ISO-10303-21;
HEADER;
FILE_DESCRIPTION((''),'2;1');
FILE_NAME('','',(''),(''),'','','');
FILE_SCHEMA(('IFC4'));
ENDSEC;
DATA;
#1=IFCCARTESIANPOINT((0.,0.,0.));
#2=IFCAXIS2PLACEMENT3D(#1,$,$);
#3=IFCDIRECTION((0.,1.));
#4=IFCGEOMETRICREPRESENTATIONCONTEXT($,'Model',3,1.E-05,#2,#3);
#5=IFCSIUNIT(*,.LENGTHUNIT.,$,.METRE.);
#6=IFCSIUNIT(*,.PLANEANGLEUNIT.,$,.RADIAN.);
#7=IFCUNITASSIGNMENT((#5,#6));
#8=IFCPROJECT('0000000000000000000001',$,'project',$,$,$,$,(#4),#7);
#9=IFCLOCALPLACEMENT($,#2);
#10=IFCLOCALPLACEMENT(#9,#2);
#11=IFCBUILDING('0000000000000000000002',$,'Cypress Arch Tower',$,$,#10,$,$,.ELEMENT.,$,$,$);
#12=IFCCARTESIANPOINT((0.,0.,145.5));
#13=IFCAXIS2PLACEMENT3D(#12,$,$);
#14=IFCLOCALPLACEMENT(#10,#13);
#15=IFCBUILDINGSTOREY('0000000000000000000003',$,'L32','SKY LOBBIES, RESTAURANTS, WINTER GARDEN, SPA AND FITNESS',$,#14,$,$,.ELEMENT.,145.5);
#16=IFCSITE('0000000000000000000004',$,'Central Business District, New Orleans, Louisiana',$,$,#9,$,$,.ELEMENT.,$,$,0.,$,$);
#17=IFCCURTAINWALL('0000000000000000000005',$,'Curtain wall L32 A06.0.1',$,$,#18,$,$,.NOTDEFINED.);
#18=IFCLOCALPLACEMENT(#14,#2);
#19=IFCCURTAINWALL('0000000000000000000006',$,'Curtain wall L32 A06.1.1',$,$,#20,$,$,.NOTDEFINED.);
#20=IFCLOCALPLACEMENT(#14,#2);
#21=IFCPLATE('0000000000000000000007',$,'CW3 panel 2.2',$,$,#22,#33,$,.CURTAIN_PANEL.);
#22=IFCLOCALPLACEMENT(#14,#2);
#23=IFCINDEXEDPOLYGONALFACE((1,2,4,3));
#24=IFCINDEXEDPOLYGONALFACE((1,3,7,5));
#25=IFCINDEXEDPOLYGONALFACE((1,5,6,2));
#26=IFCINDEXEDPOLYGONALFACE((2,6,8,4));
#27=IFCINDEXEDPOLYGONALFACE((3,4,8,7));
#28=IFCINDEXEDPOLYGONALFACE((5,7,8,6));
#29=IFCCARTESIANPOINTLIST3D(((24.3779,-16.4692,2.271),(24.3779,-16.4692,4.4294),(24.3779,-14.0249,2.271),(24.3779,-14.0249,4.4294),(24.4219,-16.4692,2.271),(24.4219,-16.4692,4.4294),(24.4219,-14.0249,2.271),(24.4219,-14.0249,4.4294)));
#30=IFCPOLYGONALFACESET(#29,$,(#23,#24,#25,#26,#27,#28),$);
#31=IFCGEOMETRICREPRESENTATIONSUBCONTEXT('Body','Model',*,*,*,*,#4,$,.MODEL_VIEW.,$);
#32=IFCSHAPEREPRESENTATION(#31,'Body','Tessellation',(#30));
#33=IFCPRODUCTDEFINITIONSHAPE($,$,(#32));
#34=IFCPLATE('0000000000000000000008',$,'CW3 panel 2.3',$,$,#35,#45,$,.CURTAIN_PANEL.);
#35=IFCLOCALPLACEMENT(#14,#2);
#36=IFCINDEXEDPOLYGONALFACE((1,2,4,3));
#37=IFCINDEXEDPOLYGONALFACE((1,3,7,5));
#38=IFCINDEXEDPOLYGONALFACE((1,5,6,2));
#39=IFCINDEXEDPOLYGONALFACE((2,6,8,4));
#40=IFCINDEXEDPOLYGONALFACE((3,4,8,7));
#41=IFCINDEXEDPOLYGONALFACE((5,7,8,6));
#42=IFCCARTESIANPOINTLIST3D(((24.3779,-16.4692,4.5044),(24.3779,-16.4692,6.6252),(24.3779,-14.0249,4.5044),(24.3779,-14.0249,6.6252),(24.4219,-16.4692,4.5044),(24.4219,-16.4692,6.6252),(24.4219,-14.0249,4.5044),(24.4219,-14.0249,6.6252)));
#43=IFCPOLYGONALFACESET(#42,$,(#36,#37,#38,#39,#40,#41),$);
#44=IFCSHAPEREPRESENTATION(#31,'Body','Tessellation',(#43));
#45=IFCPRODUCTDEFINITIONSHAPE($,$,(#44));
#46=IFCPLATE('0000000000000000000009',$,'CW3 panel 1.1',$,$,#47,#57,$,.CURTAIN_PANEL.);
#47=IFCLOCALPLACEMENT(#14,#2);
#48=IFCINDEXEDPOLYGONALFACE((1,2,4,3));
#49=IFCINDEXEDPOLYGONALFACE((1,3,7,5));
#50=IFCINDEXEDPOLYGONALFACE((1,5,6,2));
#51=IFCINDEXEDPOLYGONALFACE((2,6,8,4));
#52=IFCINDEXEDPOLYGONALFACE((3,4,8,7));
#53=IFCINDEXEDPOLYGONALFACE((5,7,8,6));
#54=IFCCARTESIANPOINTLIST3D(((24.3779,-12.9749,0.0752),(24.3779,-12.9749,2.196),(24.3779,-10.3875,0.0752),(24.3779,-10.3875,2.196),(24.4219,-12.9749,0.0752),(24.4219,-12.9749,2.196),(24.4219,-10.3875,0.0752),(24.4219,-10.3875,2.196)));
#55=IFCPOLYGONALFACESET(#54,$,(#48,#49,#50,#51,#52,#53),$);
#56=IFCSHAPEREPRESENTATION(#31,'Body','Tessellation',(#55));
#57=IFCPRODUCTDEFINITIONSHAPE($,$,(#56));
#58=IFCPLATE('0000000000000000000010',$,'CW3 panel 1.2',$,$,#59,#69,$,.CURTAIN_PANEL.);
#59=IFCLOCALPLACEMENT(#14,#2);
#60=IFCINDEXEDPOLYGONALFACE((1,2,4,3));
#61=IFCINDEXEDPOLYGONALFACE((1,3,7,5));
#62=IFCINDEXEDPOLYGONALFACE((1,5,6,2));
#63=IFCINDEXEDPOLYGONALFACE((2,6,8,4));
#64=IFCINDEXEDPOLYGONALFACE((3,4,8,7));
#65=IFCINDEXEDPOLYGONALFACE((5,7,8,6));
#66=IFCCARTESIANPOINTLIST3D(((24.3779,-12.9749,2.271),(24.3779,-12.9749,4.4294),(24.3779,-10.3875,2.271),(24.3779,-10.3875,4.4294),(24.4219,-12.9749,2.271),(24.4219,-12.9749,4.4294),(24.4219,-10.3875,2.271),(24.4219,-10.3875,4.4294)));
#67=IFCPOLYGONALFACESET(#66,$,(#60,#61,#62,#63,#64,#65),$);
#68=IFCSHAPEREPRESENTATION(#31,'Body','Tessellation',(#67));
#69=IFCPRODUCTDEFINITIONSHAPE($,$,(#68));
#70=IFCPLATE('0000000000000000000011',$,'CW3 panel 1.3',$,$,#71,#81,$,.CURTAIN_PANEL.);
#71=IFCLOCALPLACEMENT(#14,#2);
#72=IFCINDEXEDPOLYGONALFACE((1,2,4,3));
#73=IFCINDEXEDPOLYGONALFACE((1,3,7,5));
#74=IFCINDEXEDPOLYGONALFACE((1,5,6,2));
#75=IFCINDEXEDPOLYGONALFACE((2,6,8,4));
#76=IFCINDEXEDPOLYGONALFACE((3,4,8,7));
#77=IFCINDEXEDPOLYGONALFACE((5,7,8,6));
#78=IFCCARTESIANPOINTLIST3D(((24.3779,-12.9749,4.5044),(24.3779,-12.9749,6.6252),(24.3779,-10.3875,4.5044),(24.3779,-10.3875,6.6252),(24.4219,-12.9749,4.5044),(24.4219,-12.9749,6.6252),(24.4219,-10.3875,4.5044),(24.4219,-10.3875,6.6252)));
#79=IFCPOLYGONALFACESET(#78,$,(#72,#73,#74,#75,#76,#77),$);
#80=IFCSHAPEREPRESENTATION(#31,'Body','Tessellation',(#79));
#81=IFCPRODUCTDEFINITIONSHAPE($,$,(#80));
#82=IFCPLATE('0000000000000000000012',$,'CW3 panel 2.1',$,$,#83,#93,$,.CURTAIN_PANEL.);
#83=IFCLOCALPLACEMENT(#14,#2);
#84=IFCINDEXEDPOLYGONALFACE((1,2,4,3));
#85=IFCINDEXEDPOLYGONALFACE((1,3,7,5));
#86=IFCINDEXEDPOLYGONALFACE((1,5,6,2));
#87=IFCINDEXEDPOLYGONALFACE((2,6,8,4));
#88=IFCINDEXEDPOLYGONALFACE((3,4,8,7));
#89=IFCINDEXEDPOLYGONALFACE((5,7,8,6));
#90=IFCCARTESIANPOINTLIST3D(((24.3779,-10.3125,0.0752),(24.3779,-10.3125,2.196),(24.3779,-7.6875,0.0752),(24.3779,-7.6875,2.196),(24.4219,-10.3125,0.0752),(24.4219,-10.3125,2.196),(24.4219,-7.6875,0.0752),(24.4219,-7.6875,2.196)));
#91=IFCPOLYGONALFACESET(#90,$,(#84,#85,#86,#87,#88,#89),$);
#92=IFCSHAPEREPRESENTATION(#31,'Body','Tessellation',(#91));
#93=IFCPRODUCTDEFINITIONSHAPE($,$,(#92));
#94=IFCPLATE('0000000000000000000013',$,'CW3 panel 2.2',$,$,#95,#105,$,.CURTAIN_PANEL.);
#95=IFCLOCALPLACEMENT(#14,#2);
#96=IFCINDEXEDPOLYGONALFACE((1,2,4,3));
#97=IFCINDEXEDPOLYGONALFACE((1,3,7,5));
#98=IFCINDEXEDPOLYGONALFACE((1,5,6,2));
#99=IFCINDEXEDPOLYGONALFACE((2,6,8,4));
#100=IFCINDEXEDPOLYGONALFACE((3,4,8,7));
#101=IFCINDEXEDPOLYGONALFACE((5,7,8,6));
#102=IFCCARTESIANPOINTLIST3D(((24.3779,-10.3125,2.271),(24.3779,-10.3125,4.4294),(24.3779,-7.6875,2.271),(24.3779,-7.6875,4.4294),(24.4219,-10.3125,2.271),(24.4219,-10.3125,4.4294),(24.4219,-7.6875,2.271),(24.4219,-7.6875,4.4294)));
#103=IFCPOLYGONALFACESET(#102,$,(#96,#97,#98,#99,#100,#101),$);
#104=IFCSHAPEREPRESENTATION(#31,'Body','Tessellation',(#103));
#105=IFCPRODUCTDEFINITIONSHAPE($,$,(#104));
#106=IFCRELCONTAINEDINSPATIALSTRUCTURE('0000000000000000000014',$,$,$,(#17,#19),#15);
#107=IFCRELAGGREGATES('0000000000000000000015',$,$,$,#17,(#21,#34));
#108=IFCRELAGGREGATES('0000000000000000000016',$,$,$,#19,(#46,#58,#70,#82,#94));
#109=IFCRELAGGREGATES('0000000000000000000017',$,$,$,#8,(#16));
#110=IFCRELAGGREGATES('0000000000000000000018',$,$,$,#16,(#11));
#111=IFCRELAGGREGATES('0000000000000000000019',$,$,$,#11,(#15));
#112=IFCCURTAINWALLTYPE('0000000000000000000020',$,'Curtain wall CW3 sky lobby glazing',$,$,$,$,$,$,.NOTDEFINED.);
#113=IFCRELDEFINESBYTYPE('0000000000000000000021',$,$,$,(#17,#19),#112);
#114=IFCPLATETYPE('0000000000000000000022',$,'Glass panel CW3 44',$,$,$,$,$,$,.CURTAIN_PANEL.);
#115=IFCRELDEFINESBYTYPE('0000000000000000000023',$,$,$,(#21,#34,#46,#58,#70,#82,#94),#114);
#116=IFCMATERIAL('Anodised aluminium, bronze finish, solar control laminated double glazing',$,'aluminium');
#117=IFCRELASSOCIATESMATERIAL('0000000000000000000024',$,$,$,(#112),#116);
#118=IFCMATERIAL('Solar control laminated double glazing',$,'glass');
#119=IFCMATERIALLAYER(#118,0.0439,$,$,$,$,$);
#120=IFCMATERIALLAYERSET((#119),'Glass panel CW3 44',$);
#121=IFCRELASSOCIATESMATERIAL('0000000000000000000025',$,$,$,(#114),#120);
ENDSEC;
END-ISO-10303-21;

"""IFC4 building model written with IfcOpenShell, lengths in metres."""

from ifc_helpers import new_model, si_unit, direction, frame, origin, origin_2d, place, context, subcontext, project, spatial, rectangle, extrude, material, layer, layer_set, type_object, element, aggregate, save


model = new_model("IFC4")

# Units and contexts
model_context = context("Model", 3, precision=1e-05, world=origin(), true_north=direction((0.0, 1.0)))
body_context = subcontext(model_context, "Body", "Model", "MODEL_VIEW")
ifc_project = project(units=[si_unit("LENGTHUNIT", "METRE"), si_unit("PLANEANGLEUNIT", "RADIAN")], contexts=[model_context])

# Site, building, storey
site_placement = place(None, origin())
site = spatial("IfcSite", under=ifc_project, at=site_placement, Name="Central Business District, New Orleans, Louisiana", CompositionType="ELEMENT", RefElevation=0.0)
building_placement = place(site_placement, origin())
building = spatial("IfcBuilding", under=site, at=building_placement, Name="Cypress Arch Tower", CompositionType="ELEMENT")
storey_placement = place(building_placement, frame((0.0, 0.0, 145.5)))
storey = spatial("IfcBuildingStorey", under=building, at=storey_placement, Name="L32", Description="SKY LOBBIES, RESTAURANTS, WINTER GARDEN, SPA AND FITNESS", CompositionType="ELEMENT", Elevation=145.5)

# Curtain wall
ifc_material_1 = material(Name="Anodised aluminium, bronze finish, solar control laminated double glazing", Category="aluminium")
curtain_wall_type = type_object("IfcCurtainWallType", Name="Curtain wall CW3 sky lobby glazing", PredefinedType="NOTDEFINED", material=ifc_material_1)
curtain_wall_1_placement = place(storey_placement, origin())
curtain_wall_1 = element("IfcCurtainWall", 1, at=curtain_wall_1_placement, inside=storey, type_object=curtain_wall_type, Name="Curtain wall L32 A06.0.1", PredefinedType="NOTDEFINED")

# Curtain wall
curtain_wall_2_placement = place(storey_placement, origin())
curtain_wall_2 = element("IfcCurtainWall", 2, at=curtain_wall_2_placement, inside=storey, type_object=curtain_wall_type, Name="Curtain wall L32 A06.1.1", PredefinedType="NOTDEFINED")

# Plates
ifc_material_2 = material(Name="Solar control laminated double glazing", Category="glass")
ifc_layer = layer(ifc_material_2, 0.0439)
ifc_layer_set = layer_set([ifc_layer], Name="Glass panel CW3 44")
plate_type = type_object("IfcPlateType", Name="Glass panel CW3 44", PredefinedType="CURTAIN_PANEL", material=ifc_layer_set)
plate_1_placement = place(storey_placement, frame((24.3999, -15.2471, 2.271), z_axis=(0.0, 0.0, 1.0), x_axis=(0.0, 1.0, 0.0)))
plate_1 = element("IfcPlate", 3, at=plate_1_placement, type_object=plate_type, Name="CW3 panel 2.2", PredefinedType="CURTAIN_PANEL", context=body_context, shape_type="SweptSolid", body=[
    extrude(rectangle(XDim=2.4443, YDim=0.0439, at=origin_2d()), origin(), (0.0, 0.0, 1.0), 2.1584),
])
plate_2_placement = place(storey_placement, frame((24.3999, -15.2471, 4.5044), z_axis=(0.0, 0.0, 1.0), x_axis=(0.0, 1.0, 0.0)))
plate_2 = element("IfcPlate", 4, at=plate_2_placement, type_object=plate_type, Name="CW3 panel 2.3", PredefinedType="CURTAIN_PANEL", context=body_context, shape_type="SweptSolid", body=[
    extrude(rectangle(XDim=2.4443, YDim=0.0439, at=origin_2d()), origin(), (0.0, 0.0, 1.0), 2.1208),
])
aggregate(curtain_wall_1, [plate_1, plate_2])
plate_3_placement = place(storey_placement, frame((24.3999, -11.6812, 0.0752), z_axis=(0.0, 0.0, 1.0), x_axis=(0.0, 1.0, 0.0)))
plate_3 = element("IfcPlate", 5, at=plate_3_placement, type_object=plate_type, Name="CW3 panel 1.1", PredefinedType="CURTAIN_PANEL", context=body_context, shape_type="SweptSolid", body=[
    extrude(rectangle(XDim=2.5874, YDim=0.0439, at=origin_2d()), origin(), (0.0, 0.0, 1.0), 2.1208),
])
plate_4_placement = place(storey_placement, frame((24.3999, -11.6812, 2.271), z_axis=(0.0, 0.0, 1.0), x_axis=(0.0, 1.0, 0.0)))
plate_4 = element("IfcPlate", 6, at=plate_4_placement, type_object=plate_type, Name="CW3 panel 1.2", PredefinedType="CURTAIN_PANEL", context=body_context, shape_type="SweptSolid", body=[
    extrude(rectangle(XDim=2.5874, YDim=0.0439, at=origin_2d()), origin(), (0.0, 0.0, 1.0), 2.1584),
])
plate_5_placement = place(storey_placement, frame((24.3999, -11.6812, 4.5044), z_axis=(0.0, 0.0, 1.0), x_axis=(0.0, 1.0, 0.0)))
plate_5 = element("IfcPlate", 7, at=plate_5_placement, type_object=plate_type, Name="CW3 panel 1.3", PredefinedType="CURTAIN_PANEL", context=body_context, shape_type="SweptSolid", body=[
    extrude(rectangle(XDim=2.5874, YDim=0.0439, at=origin_2d()), origin(), (0.0, 0.0, 1.0), 2.1208),
])
plate_6_placement = place(storey_placement, frame((24.3999, -9.0, 0.0752), z_axis=(0.0, 0.0, 1.0), x_axis=(0.0, 1.0, 0.0)))
plate_6 = element("IfcPlate", 8, at=plate_6_placement, type_object=plate_type, Name="CW3 panel 2.1", PredefinedType="CURTAIN_PANEL", context=body_context, shape_type="SweptSolid", body=[
    extrude(rectangle(XDim=2.625, YDim=0.0439, at=origin_2d()), origin(), (0.0, 0.0, 1.0), 2.1208),
])
plate_7_placement = place(storey_placement, frame((24.3999, -9.0, 2.271), z_axis=(0.0, 0.0, 1.0), x_axis=(0.0, 1.0, 0.0)))
plate_7 = element("IfcPlate", 9, at=plate_7_placement, type_object=plate_type, Name="CW3 panel 2.2", PredefinedType="CURTAIN_PANEL", context=body_context, shape_type="SweptSolid", body=[
    extrude(rectangle(XDim=2.625, YDim=0.0439, at=origin_2d()), origin(), (0.0, 0.0, 1.0), 2.1584),
])
aggregate(curtain_wall_2, [plate_3, plate_4, plate_5, plate_6, plate_7])

save(model, "model.ifc")
